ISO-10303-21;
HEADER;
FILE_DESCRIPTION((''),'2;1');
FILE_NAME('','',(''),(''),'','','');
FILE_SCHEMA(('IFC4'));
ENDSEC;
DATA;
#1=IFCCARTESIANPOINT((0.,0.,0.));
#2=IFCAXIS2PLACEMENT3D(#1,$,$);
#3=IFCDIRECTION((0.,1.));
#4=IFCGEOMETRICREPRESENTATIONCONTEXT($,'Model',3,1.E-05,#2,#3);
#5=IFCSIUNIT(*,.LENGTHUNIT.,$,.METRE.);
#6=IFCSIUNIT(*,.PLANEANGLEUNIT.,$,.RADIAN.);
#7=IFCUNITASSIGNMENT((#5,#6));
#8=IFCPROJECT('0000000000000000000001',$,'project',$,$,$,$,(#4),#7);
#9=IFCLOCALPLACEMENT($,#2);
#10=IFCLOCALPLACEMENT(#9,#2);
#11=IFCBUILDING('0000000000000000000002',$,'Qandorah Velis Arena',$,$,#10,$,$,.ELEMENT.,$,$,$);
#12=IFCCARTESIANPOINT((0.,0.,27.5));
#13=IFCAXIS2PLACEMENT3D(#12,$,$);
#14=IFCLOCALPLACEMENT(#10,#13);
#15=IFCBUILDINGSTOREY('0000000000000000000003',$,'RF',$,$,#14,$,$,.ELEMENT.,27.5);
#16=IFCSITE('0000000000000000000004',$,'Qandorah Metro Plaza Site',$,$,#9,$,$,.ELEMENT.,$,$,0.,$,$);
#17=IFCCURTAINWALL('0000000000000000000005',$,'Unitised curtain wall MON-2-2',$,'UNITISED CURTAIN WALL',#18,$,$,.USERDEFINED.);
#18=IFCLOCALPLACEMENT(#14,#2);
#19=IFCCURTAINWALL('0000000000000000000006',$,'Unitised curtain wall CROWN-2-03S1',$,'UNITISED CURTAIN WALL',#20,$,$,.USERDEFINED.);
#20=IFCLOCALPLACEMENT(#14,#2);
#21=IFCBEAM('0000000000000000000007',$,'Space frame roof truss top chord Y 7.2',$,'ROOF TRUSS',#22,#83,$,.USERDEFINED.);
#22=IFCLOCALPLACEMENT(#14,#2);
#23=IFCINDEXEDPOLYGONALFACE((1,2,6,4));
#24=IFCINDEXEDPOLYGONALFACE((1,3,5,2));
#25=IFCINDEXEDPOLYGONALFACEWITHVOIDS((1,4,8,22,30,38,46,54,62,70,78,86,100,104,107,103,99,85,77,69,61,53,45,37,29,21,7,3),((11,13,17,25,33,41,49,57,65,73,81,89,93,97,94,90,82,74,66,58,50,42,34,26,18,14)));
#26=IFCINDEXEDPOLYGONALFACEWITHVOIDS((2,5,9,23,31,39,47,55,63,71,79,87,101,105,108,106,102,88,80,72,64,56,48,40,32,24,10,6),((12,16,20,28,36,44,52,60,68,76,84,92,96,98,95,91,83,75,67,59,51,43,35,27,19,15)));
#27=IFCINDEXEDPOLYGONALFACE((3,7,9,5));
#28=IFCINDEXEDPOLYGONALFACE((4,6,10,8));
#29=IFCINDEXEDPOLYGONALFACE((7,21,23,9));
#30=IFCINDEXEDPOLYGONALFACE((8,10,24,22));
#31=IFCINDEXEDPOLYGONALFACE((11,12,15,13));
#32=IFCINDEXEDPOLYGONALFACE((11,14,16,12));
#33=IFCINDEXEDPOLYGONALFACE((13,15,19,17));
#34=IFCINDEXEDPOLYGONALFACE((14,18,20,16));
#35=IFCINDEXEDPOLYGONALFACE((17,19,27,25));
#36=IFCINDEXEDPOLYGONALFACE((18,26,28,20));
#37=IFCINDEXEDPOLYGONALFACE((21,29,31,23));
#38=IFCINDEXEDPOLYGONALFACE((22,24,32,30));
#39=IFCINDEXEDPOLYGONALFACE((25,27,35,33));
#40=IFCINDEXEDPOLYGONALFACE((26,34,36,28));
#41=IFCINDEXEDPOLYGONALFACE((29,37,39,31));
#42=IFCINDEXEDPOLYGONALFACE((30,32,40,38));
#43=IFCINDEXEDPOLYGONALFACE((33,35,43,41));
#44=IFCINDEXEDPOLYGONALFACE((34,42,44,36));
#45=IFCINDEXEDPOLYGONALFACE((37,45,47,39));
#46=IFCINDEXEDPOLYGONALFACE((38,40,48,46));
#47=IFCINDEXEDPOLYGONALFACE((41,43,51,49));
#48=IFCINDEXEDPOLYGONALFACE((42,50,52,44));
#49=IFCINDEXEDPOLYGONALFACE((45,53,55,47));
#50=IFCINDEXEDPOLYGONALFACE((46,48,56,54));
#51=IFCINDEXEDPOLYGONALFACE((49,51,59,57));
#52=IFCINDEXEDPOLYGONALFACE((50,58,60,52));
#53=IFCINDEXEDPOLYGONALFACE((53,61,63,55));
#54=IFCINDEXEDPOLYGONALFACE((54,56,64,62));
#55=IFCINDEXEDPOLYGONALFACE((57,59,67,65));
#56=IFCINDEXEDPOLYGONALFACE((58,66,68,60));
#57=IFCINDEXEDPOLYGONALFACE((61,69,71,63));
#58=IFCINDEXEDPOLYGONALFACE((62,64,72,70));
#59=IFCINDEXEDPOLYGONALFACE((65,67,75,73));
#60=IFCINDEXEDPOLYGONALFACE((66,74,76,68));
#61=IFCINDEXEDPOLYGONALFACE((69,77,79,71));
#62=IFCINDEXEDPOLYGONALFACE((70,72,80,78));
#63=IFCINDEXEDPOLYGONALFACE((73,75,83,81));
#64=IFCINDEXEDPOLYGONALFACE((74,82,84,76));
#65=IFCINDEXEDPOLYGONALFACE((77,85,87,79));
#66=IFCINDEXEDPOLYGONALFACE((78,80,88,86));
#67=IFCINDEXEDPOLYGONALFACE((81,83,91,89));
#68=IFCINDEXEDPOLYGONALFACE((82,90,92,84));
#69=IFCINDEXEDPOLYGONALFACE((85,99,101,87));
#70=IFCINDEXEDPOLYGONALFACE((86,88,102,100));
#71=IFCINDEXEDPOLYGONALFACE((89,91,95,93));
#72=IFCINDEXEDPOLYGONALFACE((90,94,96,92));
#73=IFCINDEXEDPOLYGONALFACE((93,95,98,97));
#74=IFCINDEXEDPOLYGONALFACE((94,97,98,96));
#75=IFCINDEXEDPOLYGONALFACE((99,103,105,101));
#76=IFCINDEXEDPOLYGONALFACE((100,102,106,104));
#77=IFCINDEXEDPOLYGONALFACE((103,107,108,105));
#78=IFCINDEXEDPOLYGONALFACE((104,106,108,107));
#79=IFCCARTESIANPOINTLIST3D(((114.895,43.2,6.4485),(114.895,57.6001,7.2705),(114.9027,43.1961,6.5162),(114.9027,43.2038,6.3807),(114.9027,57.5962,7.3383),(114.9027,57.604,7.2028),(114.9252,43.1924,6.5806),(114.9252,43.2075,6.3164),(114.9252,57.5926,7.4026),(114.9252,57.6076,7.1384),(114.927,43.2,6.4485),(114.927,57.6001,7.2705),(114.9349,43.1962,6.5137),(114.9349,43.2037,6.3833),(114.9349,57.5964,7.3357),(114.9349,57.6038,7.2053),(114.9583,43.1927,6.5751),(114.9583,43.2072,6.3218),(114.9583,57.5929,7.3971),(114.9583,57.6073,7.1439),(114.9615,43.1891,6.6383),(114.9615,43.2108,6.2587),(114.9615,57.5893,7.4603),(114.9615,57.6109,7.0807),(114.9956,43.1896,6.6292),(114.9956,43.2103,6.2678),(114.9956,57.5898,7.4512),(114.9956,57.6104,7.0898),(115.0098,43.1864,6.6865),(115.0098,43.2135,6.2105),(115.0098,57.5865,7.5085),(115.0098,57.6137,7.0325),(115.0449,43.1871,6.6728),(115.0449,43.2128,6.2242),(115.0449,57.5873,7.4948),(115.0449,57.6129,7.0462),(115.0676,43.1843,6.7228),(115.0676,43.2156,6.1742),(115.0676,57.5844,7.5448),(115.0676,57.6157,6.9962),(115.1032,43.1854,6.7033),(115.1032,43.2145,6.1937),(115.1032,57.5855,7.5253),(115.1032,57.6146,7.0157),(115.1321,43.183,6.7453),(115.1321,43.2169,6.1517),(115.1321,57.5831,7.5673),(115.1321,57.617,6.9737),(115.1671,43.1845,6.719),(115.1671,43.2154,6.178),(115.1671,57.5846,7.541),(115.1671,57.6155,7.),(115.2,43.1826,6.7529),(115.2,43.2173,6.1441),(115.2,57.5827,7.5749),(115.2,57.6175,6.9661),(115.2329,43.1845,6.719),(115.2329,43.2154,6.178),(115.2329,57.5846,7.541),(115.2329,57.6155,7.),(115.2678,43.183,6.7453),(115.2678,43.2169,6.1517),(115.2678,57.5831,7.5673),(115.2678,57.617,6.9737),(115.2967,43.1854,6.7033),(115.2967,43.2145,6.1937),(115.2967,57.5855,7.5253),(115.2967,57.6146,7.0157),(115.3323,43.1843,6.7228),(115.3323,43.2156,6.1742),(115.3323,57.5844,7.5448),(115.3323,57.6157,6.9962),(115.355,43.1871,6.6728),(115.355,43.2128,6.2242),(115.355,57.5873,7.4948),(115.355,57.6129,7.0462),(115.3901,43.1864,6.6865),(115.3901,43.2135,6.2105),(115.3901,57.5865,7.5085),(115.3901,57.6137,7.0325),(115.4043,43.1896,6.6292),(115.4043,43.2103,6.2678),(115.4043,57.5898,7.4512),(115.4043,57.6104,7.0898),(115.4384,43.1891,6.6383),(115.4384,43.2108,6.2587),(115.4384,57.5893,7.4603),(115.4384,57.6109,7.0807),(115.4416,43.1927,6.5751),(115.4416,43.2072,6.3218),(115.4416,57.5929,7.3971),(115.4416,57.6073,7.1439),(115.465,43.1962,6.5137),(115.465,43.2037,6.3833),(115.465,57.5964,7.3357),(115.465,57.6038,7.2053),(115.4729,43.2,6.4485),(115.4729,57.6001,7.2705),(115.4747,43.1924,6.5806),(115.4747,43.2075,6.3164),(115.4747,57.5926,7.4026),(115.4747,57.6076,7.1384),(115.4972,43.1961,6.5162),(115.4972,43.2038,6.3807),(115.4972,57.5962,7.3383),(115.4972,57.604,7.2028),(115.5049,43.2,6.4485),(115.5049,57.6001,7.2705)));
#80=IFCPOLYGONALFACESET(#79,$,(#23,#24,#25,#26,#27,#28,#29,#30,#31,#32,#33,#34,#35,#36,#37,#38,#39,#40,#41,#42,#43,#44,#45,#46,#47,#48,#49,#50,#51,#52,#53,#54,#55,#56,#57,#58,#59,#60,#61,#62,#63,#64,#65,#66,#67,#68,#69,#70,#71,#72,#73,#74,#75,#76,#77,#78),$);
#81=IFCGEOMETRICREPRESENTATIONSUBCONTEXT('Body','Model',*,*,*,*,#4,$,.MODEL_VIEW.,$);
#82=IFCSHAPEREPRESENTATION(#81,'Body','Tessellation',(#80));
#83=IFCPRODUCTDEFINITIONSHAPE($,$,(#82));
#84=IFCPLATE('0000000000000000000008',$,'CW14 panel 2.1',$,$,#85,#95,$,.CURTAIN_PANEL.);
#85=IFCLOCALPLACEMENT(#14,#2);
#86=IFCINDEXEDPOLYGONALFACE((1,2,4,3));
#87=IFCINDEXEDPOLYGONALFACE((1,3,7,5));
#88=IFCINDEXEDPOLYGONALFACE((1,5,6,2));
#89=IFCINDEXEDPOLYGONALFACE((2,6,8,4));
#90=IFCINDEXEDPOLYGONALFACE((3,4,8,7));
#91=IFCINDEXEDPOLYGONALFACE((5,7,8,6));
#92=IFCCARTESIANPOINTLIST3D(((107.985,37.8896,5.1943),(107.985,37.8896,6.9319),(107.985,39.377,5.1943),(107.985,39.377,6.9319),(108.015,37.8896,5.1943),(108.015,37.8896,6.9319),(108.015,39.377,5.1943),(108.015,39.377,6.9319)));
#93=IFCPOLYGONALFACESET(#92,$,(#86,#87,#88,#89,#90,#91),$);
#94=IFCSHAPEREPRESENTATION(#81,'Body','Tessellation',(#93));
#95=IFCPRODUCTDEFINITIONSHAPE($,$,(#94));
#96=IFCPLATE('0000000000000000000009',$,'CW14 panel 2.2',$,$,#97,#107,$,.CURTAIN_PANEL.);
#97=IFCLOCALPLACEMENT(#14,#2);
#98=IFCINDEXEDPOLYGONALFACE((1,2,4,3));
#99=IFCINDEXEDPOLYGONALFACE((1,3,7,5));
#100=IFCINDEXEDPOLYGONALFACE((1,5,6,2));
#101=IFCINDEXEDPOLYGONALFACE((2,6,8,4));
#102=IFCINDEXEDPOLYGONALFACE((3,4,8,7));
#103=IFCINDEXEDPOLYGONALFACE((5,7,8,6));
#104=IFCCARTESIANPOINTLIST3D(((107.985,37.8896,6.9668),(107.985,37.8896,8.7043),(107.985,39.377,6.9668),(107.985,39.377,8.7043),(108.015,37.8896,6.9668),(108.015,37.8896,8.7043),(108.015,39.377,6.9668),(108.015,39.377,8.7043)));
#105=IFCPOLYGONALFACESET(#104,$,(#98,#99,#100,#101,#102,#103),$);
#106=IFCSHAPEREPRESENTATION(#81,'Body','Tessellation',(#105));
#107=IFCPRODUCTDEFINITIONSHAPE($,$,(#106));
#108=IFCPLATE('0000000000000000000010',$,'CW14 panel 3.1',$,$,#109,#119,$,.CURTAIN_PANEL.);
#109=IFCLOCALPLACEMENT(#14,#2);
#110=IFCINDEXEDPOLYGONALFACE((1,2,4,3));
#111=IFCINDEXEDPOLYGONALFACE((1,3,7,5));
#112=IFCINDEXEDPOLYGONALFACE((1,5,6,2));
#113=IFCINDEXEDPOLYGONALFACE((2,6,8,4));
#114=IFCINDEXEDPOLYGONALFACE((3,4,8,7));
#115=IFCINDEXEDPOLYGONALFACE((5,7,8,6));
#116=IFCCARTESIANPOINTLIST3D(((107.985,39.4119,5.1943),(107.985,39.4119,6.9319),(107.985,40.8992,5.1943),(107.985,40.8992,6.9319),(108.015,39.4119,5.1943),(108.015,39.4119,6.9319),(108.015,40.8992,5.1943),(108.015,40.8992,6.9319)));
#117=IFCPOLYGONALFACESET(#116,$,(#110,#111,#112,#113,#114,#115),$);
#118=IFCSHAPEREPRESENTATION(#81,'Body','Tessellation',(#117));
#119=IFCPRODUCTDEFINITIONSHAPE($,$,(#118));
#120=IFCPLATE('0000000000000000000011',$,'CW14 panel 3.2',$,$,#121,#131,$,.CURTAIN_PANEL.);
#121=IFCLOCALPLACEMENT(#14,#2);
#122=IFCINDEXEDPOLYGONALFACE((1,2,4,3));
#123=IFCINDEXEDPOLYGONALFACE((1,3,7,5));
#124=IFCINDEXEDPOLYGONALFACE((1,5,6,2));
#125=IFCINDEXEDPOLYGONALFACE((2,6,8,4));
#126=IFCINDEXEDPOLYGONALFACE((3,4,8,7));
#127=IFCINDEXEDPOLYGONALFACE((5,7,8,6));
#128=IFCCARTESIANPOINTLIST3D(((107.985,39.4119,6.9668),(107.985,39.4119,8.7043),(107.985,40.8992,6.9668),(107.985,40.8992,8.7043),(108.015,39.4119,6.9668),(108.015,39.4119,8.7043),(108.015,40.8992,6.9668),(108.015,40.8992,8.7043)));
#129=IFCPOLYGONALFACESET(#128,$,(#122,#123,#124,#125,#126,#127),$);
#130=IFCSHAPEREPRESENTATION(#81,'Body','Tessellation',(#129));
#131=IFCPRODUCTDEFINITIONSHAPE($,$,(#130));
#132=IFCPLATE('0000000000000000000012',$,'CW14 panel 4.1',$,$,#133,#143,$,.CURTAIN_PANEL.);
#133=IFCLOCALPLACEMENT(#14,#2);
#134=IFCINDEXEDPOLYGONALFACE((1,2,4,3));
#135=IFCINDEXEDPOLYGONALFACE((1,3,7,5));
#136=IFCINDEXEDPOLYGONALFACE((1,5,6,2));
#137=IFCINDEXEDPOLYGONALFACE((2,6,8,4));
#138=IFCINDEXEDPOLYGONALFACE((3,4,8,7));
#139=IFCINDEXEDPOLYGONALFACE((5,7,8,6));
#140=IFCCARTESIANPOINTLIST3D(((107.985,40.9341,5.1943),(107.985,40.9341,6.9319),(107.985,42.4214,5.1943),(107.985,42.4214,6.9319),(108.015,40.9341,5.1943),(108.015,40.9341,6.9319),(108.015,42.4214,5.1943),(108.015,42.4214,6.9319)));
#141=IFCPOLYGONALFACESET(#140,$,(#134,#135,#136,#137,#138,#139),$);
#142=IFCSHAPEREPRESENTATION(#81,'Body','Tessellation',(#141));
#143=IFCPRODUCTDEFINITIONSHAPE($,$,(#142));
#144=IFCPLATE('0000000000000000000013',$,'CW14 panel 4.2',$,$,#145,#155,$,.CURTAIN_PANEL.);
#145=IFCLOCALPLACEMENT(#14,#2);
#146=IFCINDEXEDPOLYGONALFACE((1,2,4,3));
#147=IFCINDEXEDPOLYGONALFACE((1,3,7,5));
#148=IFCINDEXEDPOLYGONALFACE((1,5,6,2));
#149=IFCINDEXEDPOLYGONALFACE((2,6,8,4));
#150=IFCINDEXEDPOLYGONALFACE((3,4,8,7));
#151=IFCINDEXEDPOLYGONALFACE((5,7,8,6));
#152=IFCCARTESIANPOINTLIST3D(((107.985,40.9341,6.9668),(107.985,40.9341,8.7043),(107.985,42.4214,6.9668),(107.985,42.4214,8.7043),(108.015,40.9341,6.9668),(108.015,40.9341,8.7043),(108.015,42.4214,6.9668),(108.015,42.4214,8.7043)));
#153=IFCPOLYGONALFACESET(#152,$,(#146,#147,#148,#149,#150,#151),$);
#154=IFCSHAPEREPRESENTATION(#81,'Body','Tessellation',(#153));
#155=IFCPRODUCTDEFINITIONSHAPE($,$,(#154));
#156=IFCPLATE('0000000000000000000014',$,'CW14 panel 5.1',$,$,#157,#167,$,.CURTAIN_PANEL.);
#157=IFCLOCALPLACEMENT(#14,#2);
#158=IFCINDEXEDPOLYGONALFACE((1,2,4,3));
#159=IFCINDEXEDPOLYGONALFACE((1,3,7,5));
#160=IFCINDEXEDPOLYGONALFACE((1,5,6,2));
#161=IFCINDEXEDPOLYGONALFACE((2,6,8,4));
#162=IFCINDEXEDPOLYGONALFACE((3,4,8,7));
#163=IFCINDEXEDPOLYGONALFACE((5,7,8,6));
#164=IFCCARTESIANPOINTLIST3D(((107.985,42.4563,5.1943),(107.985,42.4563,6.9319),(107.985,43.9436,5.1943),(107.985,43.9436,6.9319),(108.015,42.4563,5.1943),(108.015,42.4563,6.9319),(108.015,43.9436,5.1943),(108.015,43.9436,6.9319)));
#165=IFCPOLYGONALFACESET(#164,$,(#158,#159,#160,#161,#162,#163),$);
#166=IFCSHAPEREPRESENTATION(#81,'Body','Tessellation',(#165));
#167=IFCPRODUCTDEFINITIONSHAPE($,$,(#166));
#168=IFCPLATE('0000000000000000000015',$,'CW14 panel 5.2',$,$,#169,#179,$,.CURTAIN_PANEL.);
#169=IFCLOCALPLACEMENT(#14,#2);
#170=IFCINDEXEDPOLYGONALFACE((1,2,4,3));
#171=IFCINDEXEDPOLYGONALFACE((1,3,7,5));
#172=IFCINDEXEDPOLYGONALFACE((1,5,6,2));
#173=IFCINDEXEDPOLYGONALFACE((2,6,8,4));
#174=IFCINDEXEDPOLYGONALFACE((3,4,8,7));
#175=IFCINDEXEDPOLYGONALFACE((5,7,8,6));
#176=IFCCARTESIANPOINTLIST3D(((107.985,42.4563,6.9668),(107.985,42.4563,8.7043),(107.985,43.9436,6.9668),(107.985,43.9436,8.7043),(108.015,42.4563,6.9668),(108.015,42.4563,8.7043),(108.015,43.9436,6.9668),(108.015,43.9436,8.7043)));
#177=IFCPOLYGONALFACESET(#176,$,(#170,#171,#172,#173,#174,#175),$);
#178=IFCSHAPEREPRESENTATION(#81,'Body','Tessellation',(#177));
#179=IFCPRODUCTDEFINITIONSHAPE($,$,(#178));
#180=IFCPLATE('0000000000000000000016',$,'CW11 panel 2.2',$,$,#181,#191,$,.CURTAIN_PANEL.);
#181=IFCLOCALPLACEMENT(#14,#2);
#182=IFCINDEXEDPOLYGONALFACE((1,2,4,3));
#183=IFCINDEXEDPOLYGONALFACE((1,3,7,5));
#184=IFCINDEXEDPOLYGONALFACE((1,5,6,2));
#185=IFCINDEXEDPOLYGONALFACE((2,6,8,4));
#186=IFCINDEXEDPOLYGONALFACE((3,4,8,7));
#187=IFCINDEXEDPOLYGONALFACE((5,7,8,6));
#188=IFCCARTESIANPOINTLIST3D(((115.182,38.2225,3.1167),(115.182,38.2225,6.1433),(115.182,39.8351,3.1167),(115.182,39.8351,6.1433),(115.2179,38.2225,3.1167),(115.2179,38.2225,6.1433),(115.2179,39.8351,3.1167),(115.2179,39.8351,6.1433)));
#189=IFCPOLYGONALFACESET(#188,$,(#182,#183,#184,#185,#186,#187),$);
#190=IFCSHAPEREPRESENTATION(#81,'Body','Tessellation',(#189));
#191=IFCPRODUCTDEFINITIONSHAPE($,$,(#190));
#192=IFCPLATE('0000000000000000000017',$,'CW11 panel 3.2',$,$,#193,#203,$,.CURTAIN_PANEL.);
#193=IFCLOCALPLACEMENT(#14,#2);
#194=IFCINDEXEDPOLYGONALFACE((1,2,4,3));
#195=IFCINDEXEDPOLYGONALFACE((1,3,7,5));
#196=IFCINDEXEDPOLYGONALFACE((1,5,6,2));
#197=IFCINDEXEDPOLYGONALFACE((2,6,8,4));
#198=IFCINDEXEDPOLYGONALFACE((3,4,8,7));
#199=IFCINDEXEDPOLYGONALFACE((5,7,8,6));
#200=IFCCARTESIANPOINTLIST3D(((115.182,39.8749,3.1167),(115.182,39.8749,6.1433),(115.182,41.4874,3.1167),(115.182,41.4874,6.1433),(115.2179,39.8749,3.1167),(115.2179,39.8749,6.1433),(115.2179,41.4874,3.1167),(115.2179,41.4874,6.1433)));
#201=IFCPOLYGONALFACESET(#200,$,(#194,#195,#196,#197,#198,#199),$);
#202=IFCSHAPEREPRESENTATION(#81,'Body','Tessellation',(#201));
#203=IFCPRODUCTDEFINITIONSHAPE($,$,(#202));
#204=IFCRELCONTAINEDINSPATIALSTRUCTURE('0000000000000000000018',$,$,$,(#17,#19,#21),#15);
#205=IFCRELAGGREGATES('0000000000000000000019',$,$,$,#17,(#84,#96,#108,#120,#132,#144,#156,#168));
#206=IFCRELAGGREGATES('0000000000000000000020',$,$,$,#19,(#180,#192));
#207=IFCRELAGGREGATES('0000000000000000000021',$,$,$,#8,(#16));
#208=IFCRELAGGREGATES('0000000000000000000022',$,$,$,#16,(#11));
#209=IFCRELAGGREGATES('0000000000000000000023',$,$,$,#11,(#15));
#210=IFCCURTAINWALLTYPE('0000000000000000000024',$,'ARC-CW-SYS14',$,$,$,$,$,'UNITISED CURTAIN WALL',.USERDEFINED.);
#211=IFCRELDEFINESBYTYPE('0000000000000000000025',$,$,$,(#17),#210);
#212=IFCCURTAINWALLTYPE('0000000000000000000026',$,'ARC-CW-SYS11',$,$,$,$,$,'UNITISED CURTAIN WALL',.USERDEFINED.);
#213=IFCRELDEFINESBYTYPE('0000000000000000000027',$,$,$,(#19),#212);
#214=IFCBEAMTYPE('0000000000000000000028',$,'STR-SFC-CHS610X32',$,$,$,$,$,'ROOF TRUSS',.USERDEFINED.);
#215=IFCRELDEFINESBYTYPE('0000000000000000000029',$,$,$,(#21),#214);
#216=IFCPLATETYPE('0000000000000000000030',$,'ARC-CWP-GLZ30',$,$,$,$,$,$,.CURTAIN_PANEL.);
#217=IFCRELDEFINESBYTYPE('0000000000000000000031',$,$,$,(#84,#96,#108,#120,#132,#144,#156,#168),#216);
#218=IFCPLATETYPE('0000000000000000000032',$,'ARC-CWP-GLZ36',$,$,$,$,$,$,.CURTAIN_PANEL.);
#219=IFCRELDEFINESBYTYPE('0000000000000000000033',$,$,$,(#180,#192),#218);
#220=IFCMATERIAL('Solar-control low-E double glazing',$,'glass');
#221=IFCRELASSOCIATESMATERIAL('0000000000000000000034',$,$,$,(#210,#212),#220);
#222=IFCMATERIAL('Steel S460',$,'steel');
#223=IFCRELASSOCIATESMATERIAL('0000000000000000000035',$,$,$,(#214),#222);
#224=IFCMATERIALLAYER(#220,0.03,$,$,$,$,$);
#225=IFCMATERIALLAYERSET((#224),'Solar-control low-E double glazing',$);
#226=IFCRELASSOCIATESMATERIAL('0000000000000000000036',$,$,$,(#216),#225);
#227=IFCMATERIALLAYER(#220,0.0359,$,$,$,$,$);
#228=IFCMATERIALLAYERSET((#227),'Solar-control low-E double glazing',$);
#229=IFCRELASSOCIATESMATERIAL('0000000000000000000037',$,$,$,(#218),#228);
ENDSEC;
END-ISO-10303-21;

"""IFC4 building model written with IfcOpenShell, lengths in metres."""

from ifc_helpers import new_model, si_unit, direction, frame, origin, origin_2d, place, context, subcontext, project, spatial, rectangle, hollow_circle, extrude, material, layer, layer_set, material_profile, profile_set, type_object, element, aggregate, save


model = new_model("IFC4")

# Units and contexts
model_context = context("Model", 3, precision=1e-05, world=origin(), true_north=direction((0.0, 1.0)))
body_context = subcontext(model_context, "Body", "Model", "MODEL_VIEW")
ifc_project = project(units=[si_unit("LENGTHUNIT", "METRE"), si_unit("PLANEANGLEUNIT", "RADIAN")], contexts=[model_context])

# Site, building, storey
site_placement = place(None, origin())
site = spatial("IfcSite", under=ifc_project, at=site_placement, Name="Qandorah Metro Plaza Site", CompositionType="ELEMENT", RefElevation=0.0)
building_placement = place(site_placement, origin())
building = spatial("IfcBuilding", under=site, at=building_placement, Name="Qandorah Velis Arena", CompositionType="ELEMENT")
storey_placement = place(building_placement, frame((0.0, 0.0, 27.5)))
storey = spatial("IfcBuildingStorey", under=building, at=storey_placement, Name="RF", CompositionType="ELEMENT", Elevation=27.5)

# Curtain walls
ifc_material_1 = material(Name="Solar-control low-E double glazing", Category="glass")
curtain_wall_type_1 = type_object("IfcCurtainWallType", Name="ARC-CW-SYS14", ElementType="UNITISED CURTAIN WALL", PredefinedType="USERDEFINED", material=ifc_material_1)
curtain_wall_1_placement = place(storey_placement, origin())
curtain_wall_1 = element("IfcCurtainWall", 1, at=curtain_wall_1_placement, inside=storey, type_object=curtain_wall_type_1, Name="Unitised curtain wall MON-2-2", ObjectType="UNITISED CURTAIN WALL", PredefinedType="USERDEFINED")
curtain_wall_type_2 = type_object("IfcCurtainWallType", Name="ARC-CW-SYS11", ElementType="UNITISED CURTAIN WALL", PredefinedType="USERDEFINED", material=ifc_material_1)
curtain_wall_2_placement = place(storey_placement, origin())
curtain_wall_2 = element("IfcCurtainWall", 2, at=curtain_wall_2_placement, inside=storey, type_object=curtain_wall_type_2, Name="Unitised curtain wall CROWN-2-03S1", ObjectType="UNITISED CURTAIN WALL", PredefinedType="USERDEFINED")

# Beam
ifc_material_2 = material(Name="Steel S460", Category="steel")
ifc_material_profile_1 = material_profile(ifc_material_2, hollow_circle(Radius=0.3049, WallThickness=0.032, at=origin_2d()), Name="CHS 610x32")
ifc_profile_set_1 = profile_set([ifc_material_profile_1], Name="Steel S460")
beam_type_1 = type_object("IfcBeamType", Name="STR-SFC-CHS610X32", ElementType="ROOF TRUSS", PredefinedType="USERDEFINED", material=ifc_profile_set_1)
beam_1_placement = place(storey_placement, frame((115.2, 43.2, 6.4485), z_axis=(0.0, 0.998375, 0.056991), x_axis=(-1.0, 0.0, 0.0)))
element("IfcBeam", 3, at=beam_1_placement, inside=storey, type_object=beam_type_1, Name="Space frame roof truss top chord Y 7.2", ObjectType="ROOF TRUSS", PredefinedType="USERDEFINED", context=body_context, shape_type="SweptSolid", body=[
    extrude(hollow_circle(Radius=0.3049, WallThickness=0.032, at=origin_2d()), origin(), (0.0, 0.0, 1.0), 14.4236),
])

# Plates
ifc_layer_1 = layer(ifc_material_1, 0.03)
ifc_layer_set_1 = layer_set([ifc_layer_1], Name="Solar-control low-E double glazing")
plate_type_1 = type_object("IfcPlateType", Name="ARC-CWP-GLZ30", PredefinedType="CURTAIN_PANEL", material=ifc_layer_set_1)
plate_1_placement = place(storey_placement, frame((108.0, 38.6333, 5.1943), z_axis=(0.0, 0.0, 1.0), x_axis=(0.0, 1.0, 0.0)))
plate_1 = element("IfcPlate", 4, at=plate_1_placement, type_object=plate_type_1, Name="CW14 panel 2.1", PredefinedType="CURTAIN_PANEL", context=body_context, shape_type="SweptSolid", body=[
    extrude(rectangle(XDim=1.4873, YDim=0.03, at=origin_2d()), origin(), (0.0, 0.0, 1.0), 1.7375),
])
plate_2_placement = place(storey_placement, frame((108.0, 38.6333, 6.9668), z_axis=(0.0, 0.0, 1.0), x_axis=(0.0, 1.0, 0.0)))
plate_2 = element("IfcPlate", 5, at=plate_2_placement, type_object=plate_type_1, Name="CW14 panel 2.2", PredefinedType="CURTAIN_PANEL", context=body_context, shape_type="SweptSolid", body=[
    extrude(rectangle(XDim=1.4873, YDim=0.03, at=origin_2d()), origin(), (0.0, 0.0, 1.0), 1.7375),
])
plate_3_placement = place(storey_placement, frame((108.0, 40.1555, 5.1943), z_axis=(0.0, 0.0, 1.0), x_axis=(0.0, 1.0, 0.0)))
plate_3 = element("IfcPlate", 6, at=plate_3_placement, type_object=plate_type_1, Name="CW14 panel 3.1", PredefinedType="CURTAIN_PANEL", context=body_context, shape_type="SweptSolid", body=[
    extrude(rectangle(XDim=1.4873, YDim=0.03, at=origin_2d()), origin(), (0.0, 0.0, 1.0), 1.7375),
])
plate_4_placement = place(storey_placement, frame((108.0, 40.1555, 6.9668), z_axis=(0.0, 0.0, 1.0), x_axis=(0.0, 1.0, 0.0)))
plate_4 = element("IfcPlate", 7, at=plate_4_placement, type_object=plate_type_1, Name="CW14 panel 3.2", PredefinedType="CURTAIN_PANEL", context=body_context, shape_type="SweptSolid", body=[
    extrude(rectangle(XDim=1.4873, YDim=0.03, at=origin_2d()), origin(), (0.0, 0.0, 1.0), 1.7375),
])
plate_5_placement = place(storey_placement, frame((108.0, 41.6777, 5.1943), z_axis=(0.0, 0.0, 1.0), x_axis=(0.0, 1.0, 0.0)))
plate_5 = element("IfcPlate", 8, at=plate_5_placement, type_object=plate_type_1, Name="CW14 panel 4.1", PredefinedType="CURTAIN_PANEL", context=body_context, shape_type="SweptSolid", body=[
    extrude(rectangle(XDim=1.4873, YDim=0.03, at=origin_2d()), origin(), (0.0, 0.0, 1.0), 1.7375),
])
plate_6_placement = place(storey_placement, frame((108.0, 41.6777, 6.9668), z_axis=(0.0, 0.0, 1.0), x_axis=(0.0, 1.0, 0.0)))
plate_6 = element("IfcPlate", 9, at=plate_6_placement, type_object=plate_type_1, Name="CW14 panel 4.2", PredefinedType="CURTAIN_PANEL", context=body_context, shape_type="SweptSolid", body=[
    extrude(rectangle(XDim=1.4873, YDim=0.03, at=origin_2d()), origin(), (0.0, 0.0, 1.0), 1.7375),
])
plate_7_placement = place(storey_placement, frame((108.0, 43.2, 5.1943), z_axis=(0.0, 0.0, 1.0), x_axis=(0.0, 1.0, 0.0)))
plate_7 = element("IfcPlate", 10, at=plate_7_placement, type_object=plate_type_1, Name="CW14 panel 5.1", PredefinedType="CURTAIN_PANEL", context=body_context, shape_type="SweptSolid", body=[
    extrude(rectangle(XDim=1.4873, YDim=0.03, at=origin_2d()), origin(), (0.0, 0.0, 1.0), 1.7375),
])
plate_8_placement = place(storey_placement, frame((108.0, 43.2, 6.9668), z_axis=(0.0, 0.0, 1.0), x_axis=(0.0, 1.0, 0.0)))
plate_8 = element("IfcPlate", 11, at=plate_8_placement, type_object=plate_type_1, Name="CW14 panel 5.2", PredefinedType="CURTAIN_PANEL", context=body_context, shape_type="SweptSolid", body=[
    extrude(rectangle(XDim=1.4873, YDim=0.03, at=origin_2d()), origin(), (0.0, 0.0, 1.0), 1.7375),
])
aggregate(curtain_wall_1, [plate_1, plate_2, plate_3, plate_4, plate_5, plate_6, plate_7, plate_8])
ifc_layer_2 = layer(ifc_material_1, 0.0359)
ifc_layer_set_2 = layer_set([ifc_layer_2], Name="Solar-control low-E double glazing")
plate_type_2 = type_object("IfcPlateType", Name="ARC-CWP-GLZ36", PredefinedType="CURTAIN_PANEL", material=ifc_layer_set_2)
plate_9_placement = place(storey_placement, frame((115.2, 39.0288, 3.1167), z_axis=(0.0, 0.0, 1.0), x_axis=(0.0, 1.0, 0.0)))
plate_9 = element("IfcPlate", 12, at=plate_9_placement, type_object=plate_type_2, Name="CW11 panel 2.2", PredefinedType="CURTAIN_PANEL", context=body_context, shape_type="SweptSolid", body=[
    extrude(rectangle(XDim=1.6125, YDim=0.0359, at=origin_2d()), origin(), (0.0, 0.0, 1.0), 3.0266),
])
plate_10_placement = place(storey_placement, frame((115.2, 40.6812, 3.1167), z_axis=(0.0, 0.0, 1.0), x_axis=(0.0, 1.0, 0.0)))
plate_10 = element("IfcPlate", 13, at=plate_10_placement, type_object=plate_type_2, Name="CW11 panel 3.2", PredefinedType="CURTAIN_PANEL", context=body_context, shape_type="SweptSolid", body=[
    extrude(rectangle(XDim=1.6125, YDim=0.0359, at=origin_2d()), origin(), (0.0, 0.0, 1.0), 3.0266),
])
aggregate(curtain_wall_2, [plate_9, plate_10])

save(model, "model.ifc")
